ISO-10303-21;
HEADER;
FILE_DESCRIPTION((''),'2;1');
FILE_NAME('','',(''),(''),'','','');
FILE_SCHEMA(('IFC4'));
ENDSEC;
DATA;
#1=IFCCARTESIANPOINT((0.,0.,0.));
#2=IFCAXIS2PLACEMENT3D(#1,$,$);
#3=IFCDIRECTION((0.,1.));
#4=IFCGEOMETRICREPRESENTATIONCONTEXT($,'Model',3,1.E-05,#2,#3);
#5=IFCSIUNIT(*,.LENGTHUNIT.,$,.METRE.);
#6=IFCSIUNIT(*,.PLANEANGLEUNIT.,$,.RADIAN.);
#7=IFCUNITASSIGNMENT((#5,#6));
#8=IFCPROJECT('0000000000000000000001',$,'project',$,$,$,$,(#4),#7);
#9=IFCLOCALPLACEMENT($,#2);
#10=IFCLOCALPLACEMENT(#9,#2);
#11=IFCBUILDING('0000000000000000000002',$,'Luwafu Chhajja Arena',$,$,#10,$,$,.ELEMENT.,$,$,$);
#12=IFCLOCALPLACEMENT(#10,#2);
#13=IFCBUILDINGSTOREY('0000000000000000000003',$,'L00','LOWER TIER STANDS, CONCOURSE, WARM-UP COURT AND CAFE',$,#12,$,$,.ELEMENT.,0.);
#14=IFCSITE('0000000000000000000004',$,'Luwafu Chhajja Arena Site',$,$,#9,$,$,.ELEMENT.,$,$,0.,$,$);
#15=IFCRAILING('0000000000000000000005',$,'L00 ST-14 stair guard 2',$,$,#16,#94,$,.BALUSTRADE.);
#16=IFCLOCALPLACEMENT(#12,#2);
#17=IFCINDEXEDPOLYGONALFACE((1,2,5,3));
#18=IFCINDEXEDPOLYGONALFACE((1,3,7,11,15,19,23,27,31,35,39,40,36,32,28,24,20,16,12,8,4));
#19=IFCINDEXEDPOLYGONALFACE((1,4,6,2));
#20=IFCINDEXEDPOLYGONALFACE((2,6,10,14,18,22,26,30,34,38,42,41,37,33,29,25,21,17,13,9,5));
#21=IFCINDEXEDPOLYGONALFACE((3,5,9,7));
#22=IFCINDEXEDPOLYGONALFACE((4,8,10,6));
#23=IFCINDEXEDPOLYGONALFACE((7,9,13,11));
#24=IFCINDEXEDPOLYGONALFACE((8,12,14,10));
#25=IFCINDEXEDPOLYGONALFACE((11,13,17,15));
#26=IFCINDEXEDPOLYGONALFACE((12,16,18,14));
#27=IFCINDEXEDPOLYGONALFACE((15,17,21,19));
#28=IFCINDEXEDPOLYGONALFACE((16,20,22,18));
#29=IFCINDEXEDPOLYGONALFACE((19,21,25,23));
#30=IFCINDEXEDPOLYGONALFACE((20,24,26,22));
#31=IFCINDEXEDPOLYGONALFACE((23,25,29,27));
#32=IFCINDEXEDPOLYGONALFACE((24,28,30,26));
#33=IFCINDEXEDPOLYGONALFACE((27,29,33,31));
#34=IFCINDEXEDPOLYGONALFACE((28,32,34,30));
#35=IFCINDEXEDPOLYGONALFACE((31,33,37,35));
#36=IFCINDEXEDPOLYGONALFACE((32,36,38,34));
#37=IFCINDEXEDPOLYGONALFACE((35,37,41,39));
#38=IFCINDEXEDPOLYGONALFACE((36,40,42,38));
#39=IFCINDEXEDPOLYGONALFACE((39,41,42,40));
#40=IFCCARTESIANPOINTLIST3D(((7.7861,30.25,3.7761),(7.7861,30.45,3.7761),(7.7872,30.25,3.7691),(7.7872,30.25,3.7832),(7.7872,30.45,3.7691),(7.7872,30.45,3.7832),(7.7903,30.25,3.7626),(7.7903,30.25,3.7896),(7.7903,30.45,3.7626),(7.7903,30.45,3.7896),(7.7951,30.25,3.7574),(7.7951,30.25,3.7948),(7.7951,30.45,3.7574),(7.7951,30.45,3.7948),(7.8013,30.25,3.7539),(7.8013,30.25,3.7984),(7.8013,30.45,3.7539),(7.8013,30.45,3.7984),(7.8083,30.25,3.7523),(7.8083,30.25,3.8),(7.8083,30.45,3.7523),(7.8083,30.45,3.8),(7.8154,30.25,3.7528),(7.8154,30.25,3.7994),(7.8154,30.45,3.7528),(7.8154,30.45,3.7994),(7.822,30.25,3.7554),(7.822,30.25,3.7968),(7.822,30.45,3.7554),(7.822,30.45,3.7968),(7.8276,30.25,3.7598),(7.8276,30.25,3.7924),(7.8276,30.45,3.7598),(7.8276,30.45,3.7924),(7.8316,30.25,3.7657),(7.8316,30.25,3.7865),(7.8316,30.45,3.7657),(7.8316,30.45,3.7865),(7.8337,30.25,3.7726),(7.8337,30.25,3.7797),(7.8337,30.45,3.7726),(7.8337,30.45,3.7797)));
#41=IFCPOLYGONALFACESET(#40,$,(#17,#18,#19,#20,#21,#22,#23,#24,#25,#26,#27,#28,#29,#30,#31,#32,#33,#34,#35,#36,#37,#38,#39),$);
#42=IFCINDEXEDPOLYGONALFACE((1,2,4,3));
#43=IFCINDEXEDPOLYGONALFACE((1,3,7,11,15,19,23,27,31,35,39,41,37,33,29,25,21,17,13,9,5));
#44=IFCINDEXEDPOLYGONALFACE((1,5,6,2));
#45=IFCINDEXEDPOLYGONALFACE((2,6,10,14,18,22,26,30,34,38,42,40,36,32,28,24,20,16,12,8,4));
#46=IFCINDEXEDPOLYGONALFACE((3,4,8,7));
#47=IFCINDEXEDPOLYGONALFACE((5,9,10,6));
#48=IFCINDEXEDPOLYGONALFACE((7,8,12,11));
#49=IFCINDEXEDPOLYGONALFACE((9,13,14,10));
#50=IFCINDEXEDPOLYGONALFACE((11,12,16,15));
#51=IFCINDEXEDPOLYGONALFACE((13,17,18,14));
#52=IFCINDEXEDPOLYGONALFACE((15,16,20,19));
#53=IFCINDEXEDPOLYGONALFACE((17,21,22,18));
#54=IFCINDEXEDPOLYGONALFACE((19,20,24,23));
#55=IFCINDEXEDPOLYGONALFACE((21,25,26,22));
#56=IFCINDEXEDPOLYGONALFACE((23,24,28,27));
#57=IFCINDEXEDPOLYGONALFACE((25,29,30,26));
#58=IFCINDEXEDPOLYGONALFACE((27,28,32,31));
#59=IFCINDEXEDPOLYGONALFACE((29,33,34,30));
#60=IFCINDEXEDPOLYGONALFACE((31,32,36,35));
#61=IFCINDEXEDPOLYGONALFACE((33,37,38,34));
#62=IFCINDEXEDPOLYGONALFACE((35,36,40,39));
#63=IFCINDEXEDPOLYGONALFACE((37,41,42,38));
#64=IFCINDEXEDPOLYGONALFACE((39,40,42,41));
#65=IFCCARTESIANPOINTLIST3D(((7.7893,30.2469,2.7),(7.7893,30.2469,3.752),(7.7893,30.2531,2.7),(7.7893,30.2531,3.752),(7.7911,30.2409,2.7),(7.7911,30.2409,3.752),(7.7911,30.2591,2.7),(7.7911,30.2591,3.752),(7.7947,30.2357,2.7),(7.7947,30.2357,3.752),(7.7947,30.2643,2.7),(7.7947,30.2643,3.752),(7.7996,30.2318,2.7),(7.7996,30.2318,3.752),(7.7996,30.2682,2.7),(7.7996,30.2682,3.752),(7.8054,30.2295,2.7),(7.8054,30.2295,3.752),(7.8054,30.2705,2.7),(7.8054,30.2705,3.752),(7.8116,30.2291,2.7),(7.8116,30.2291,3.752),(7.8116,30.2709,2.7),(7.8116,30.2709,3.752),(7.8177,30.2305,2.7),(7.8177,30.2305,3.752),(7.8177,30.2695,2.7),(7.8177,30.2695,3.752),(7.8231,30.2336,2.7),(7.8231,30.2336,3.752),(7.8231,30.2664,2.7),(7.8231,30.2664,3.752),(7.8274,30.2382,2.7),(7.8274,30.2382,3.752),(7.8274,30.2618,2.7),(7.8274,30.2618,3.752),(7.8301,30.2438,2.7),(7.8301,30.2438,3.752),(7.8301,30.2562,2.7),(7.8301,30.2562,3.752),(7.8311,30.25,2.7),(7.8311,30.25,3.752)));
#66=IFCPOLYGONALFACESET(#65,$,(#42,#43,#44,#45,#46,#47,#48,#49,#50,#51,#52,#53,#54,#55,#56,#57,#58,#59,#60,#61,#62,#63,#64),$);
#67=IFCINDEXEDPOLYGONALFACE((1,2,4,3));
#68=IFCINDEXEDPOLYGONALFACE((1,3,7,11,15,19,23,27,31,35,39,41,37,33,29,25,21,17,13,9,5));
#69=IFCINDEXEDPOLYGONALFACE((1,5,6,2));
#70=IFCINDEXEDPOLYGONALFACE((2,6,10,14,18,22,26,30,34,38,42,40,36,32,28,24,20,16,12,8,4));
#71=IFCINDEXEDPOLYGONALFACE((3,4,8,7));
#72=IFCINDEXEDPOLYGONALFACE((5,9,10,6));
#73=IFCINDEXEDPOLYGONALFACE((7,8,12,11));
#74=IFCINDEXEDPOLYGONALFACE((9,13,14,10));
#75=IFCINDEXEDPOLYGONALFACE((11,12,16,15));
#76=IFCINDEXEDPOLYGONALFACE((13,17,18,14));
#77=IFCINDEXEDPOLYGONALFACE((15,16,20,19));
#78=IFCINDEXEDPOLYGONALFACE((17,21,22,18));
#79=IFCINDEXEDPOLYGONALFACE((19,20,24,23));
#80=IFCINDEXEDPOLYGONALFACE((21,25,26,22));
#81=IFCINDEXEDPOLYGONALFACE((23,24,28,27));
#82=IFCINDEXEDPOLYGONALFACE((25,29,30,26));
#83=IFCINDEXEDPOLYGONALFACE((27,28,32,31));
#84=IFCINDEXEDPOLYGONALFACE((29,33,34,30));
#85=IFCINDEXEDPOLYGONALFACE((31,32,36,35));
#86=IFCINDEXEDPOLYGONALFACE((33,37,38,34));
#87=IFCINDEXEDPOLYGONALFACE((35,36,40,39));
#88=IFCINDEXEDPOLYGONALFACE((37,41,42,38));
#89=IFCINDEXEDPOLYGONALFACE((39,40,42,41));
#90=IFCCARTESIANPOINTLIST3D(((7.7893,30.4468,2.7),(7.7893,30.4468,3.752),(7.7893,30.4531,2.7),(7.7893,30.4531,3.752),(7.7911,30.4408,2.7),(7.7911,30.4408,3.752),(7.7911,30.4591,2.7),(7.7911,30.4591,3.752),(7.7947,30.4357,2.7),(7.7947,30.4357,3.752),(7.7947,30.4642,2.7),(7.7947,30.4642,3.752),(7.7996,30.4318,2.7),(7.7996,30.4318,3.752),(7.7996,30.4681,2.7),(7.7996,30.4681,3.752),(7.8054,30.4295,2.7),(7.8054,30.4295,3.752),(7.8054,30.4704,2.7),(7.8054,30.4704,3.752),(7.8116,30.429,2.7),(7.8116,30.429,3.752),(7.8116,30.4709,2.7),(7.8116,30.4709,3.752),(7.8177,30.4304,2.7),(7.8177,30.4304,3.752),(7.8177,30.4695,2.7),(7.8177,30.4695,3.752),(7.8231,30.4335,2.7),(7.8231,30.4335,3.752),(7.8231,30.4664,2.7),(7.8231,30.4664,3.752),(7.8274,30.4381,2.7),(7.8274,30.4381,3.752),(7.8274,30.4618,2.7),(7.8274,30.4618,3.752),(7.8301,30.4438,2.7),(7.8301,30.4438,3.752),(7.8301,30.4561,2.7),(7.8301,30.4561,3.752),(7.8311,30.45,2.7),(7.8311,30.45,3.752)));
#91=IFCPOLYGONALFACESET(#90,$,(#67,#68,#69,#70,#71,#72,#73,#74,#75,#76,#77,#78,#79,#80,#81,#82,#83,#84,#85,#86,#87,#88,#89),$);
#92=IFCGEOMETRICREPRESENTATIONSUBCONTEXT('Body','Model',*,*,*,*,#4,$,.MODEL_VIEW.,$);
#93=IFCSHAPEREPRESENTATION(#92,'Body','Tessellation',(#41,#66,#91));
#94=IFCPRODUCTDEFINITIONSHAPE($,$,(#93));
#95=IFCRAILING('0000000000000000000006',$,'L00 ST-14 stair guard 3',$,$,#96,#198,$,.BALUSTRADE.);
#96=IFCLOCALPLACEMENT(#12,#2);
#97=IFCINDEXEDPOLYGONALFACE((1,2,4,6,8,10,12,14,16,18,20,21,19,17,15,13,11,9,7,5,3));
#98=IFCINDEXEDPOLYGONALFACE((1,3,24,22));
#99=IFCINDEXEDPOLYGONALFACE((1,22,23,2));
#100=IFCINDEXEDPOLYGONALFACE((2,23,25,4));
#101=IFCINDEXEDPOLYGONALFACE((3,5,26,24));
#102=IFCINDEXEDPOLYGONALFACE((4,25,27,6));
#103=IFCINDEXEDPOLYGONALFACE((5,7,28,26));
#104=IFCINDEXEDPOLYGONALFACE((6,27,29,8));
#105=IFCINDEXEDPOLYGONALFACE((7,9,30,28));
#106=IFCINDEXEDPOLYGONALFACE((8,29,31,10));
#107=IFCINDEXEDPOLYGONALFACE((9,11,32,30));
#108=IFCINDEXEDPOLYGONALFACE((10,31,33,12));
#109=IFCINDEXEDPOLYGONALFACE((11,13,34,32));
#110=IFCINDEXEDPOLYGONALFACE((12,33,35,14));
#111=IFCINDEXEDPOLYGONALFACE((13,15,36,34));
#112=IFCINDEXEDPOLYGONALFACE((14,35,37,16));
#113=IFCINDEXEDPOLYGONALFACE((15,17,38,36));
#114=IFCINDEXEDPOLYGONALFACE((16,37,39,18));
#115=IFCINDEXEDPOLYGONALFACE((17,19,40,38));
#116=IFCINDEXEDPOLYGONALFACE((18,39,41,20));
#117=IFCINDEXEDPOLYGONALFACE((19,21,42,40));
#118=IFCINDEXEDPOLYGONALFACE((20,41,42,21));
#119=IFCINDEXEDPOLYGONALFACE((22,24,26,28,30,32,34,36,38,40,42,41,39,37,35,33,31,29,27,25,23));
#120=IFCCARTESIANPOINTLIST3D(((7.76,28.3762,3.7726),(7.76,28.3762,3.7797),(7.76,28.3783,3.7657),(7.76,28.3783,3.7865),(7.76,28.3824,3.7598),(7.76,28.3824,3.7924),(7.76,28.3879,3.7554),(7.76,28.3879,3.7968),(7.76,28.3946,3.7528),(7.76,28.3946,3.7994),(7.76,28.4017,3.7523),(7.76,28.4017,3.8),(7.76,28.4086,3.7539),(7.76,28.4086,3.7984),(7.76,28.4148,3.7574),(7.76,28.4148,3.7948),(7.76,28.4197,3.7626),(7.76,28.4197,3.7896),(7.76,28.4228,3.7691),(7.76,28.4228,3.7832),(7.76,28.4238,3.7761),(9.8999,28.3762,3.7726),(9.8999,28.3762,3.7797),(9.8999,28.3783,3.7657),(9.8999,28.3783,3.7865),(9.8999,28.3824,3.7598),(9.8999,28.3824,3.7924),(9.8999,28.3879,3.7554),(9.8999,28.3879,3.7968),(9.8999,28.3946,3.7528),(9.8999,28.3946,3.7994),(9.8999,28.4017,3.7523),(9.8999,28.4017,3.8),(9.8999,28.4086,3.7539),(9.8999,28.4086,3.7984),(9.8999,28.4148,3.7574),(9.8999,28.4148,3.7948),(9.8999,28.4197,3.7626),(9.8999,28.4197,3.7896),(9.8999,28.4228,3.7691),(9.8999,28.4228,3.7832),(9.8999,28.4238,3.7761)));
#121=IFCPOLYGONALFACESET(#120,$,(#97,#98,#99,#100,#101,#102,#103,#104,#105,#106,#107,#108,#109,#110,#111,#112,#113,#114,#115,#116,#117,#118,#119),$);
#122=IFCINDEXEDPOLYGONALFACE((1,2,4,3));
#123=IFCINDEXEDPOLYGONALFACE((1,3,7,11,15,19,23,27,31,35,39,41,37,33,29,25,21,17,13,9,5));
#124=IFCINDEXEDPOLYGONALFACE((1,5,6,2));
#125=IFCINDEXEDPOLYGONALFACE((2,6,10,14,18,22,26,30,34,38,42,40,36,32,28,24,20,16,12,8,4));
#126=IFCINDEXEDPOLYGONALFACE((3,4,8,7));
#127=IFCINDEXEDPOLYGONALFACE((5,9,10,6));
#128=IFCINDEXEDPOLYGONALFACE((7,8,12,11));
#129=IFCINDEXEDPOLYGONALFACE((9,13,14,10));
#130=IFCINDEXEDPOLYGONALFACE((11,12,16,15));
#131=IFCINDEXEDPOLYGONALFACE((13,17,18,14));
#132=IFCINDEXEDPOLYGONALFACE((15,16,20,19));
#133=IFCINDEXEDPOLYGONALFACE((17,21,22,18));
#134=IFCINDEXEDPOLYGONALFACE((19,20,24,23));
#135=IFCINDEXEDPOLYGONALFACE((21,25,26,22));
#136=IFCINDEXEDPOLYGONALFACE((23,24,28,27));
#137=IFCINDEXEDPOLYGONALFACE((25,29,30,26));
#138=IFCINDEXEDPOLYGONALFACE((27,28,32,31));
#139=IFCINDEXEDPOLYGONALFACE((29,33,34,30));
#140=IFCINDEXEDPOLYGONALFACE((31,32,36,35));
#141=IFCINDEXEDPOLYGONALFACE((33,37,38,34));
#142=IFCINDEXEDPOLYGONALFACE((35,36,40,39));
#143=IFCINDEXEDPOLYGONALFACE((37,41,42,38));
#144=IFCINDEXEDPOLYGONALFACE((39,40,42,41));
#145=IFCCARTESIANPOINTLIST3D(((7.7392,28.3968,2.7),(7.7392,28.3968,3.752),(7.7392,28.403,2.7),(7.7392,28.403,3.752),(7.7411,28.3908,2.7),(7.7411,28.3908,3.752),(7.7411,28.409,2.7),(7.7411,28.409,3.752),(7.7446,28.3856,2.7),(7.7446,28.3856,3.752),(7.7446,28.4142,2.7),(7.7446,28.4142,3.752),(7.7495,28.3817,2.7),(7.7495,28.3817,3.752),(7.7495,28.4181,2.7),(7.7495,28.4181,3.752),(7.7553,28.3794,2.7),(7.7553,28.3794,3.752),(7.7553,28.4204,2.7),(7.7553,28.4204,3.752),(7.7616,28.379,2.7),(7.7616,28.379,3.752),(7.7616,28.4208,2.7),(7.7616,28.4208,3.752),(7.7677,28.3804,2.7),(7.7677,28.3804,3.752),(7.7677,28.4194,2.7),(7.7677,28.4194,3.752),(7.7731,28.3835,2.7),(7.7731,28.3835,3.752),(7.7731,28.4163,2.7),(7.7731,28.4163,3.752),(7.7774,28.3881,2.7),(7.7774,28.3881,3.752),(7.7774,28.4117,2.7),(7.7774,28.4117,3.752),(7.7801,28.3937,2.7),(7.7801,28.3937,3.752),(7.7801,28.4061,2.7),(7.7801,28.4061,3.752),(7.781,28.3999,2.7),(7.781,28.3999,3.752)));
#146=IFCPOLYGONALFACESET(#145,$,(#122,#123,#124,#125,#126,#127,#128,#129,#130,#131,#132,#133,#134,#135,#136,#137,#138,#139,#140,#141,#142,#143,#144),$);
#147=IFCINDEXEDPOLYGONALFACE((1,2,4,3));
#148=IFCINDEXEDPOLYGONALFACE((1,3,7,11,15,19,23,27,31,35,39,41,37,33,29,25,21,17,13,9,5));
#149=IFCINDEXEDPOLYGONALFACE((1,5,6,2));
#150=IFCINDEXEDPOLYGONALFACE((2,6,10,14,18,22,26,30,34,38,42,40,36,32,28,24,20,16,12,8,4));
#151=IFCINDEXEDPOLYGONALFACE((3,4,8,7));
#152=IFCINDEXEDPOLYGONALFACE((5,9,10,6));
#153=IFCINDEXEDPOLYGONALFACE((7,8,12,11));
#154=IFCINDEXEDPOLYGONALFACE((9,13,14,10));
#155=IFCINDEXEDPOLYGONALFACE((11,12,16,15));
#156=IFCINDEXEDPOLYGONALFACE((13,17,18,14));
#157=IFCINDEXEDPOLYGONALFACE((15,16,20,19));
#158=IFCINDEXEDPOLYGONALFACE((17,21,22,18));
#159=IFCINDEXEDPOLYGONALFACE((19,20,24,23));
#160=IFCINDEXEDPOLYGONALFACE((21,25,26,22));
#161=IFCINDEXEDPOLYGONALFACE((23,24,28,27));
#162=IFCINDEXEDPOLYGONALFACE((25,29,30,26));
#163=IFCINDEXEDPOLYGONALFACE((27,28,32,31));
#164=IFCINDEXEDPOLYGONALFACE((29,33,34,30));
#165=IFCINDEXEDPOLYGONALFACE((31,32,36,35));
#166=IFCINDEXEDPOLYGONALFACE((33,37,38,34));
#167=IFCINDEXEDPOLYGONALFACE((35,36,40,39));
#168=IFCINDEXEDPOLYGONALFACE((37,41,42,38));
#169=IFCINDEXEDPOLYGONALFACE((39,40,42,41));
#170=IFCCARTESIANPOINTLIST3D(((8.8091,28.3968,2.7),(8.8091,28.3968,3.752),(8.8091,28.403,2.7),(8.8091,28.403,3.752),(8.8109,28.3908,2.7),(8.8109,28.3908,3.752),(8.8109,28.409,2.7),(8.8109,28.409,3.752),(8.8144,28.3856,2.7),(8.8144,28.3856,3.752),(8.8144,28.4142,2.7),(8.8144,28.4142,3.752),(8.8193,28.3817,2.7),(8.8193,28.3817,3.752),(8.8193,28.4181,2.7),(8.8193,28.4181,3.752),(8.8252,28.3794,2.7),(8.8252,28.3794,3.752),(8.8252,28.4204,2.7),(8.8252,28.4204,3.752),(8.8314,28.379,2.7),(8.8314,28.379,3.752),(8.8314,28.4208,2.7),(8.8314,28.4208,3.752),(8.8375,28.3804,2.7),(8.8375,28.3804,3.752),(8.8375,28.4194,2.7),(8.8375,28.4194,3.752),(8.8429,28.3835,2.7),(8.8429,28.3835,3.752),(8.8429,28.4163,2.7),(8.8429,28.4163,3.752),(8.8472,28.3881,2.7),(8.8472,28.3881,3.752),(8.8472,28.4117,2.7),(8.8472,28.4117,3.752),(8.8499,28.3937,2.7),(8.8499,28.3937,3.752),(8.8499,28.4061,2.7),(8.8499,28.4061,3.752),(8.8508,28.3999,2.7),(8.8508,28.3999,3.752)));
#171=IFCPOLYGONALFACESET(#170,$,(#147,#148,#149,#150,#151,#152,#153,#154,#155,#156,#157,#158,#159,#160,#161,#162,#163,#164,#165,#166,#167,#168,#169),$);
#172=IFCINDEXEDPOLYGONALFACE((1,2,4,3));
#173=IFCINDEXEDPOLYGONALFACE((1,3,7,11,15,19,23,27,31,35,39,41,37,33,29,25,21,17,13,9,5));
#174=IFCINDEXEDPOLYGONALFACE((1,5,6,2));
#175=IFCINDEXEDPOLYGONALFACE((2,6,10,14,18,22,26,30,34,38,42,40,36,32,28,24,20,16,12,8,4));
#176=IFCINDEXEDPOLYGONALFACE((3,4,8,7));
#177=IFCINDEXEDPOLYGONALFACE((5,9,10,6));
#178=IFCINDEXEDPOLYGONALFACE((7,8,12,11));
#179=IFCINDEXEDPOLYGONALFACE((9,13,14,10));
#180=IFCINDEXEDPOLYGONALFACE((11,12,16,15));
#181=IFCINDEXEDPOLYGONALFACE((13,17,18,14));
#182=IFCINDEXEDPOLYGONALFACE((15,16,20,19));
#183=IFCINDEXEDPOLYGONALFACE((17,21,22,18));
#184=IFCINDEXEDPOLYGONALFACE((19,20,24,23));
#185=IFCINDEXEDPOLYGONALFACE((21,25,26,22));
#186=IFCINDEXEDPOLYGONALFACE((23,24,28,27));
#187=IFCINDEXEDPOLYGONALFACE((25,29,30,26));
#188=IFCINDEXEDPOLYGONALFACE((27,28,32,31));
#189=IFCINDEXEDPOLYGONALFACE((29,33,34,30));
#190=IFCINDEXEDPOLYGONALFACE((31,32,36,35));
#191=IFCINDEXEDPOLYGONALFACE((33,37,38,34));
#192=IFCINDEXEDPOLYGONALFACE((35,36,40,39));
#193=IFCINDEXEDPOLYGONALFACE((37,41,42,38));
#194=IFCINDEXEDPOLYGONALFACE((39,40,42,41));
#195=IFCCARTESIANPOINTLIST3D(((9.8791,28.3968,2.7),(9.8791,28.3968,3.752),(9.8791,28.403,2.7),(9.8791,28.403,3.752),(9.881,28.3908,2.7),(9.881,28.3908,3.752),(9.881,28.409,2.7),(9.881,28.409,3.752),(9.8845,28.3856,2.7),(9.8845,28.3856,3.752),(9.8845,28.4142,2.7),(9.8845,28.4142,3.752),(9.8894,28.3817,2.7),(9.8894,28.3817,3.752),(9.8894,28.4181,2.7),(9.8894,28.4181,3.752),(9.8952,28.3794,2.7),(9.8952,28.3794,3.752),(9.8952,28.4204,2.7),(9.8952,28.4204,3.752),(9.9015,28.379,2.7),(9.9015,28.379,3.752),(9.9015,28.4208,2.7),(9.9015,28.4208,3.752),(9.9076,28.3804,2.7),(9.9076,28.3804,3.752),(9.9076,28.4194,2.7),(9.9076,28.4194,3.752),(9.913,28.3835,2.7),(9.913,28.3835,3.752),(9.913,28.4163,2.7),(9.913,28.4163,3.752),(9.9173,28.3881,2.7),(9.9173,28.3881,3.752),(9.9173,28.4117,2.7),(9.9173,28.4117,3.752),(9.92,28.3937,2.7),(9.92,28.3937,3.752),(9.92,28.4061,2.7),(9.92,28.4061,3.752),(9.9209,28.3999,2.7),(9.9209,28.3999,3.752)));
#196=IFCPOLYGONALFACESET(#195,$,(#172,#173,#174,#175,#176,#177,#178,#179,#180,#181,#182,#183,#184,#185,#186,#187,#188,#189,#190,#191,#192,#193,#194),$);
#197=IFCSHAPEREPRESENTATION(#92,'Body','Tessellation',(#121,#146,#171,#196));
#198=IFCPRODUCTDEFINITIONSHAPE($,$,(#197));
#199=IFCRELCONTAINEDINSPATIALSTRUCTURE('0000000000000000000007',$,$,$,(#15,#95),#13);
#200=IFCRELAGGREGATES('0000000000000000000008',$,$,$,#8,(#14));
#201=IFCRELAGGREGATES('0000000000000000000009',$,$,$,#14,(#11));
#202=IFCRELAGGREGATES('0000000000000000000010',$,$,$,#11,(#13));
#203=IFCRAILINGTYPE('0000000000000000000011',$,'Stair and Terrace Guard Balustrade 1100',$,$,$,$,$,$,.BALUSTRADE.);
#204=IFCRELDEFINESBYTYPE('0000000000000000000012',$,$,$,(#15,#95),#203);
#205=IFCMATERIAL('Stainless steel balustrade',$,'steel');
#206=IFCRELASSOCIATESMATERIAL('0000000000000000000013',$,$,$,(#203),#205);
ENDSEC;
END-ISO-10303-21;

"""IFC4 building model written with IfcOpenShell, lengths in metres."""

from ifc_helpers import new_model, si_unit, direction, frame, origin, origin_2d, place, context, subcontext, project, spatial, circle, extrude, material, type_object, element, save


model = new_model("IFC4")

# Units and contexts
model_context = context("Model", 3, precision=1e-05, world=origin(), true_north=direction((0.0, 1.0)))
body_context = subcontext(model_context, "Body", "Model", "MODEL_VIEW")
ifc_project = project(units=[si_unit("LENGTHUNIT", "METRE"), si_unit("PLANEANGLEUNIT", "RADIAN")], contexts=[model_context])

# Site, building, storey
site_placement = place(None, origin())
site = spatial("IfcSite", under=ifc_project, at=site_placement, Name="Luwafu Chhajja Arena Site", CompositionType="ELEMENT", RefElevation=0.0)
building_placement = place(site_placement, origin())
building = spatial("IfcBuilding", under=site, at=building_placement, Name="Luwafu Chhajja Arena", CompositionType="ELEMENT")
storey_placement = place(building_placement, origin())
storey = spatial("IfcBuildingStorey", under=building, at=storey_placement, Name="L00", Description="LOWER TIER STANDS, CONCOURSE, WARM-UP COURT AND CAFE", CompositionType="ELEMENT", Elevation=0.0)

# Railings
ifc_material_1 = material(Name="Stainless steel balustrade", Category="steel")
railing_type_1 = type_object("IfcRailingType", Name="Stair and Terrace Guard Balustrade 1100", PredefinedType="BALUSTRADE", material=ifc_material_1)
railing_1_placement = place(storey_placement, frame((7.8101, 30.25, 2.7)))
element("IfcRailing", 1, at=railing_1_placement, inside=storey, type_object=railing_type_1, Name="L00 ST-14 stair guard 2", PredefinedType="BALUSTRADE", context=body_context, shape_type="SweptSolid", body=[
    extrude(circle(Radius=0.0239, at=origin_2d()), frame((0.0, 0.0, 1.0762), z_axis=(0.0, 1.0, 0.0), x_axis=(-1.0, 0.0, 0.0)), (0.0, 0.0, 1.0), 0.2),
    extrude(circle(Radius=0.021, at=origin_2d()), origin(), (0.0, 0.0, 1.0), 1.052),
    extrude(circle(Radius=0.021, at=origin_2d()), frame((0.0, 0.2, 0.0)), (0.0, 0.0, 1.0), 1.052),
])
for number, where, name in (
    (2, (7.76, 28.3999, 2.7), "L00 ST-14 stair guard 3"),
):
    element("IfcRailing", number, at=place(storey_placement, frame(where)), inside=storey, type_object=railing_type_1, Name=name, PredefinedType="BALUSTRADE", context=body_context, shape_type="SweptSolid", body=[
        extrude(circle(Radius=0.0239, at=origin_2d()), frame((0.0, 0.0, 1.0762), z_axis=(1.0, 0.0, 0.0), x_axis=(0.0, 1.0, 0.0)), (0.0, 0.0, 1.0), 2.1399),
        extrude(circle(Radius=0.021, at=origin_2d()), origin(), (0.0, 0.0, 1.0), 1.052),
        extrude(circle(Radius=0.021, at=origin_2d()), frame((1.0698, 0.0, 0.0)), (0.0, 0.0, 1.0), 1.052),
        extrude(circle(Radius=0.021, at=origin_2d()), frame((2.1399, 0.0, 0.0)), (0.0, 0.0, 1.0), 1.052),
    ])

save(model, "model.ifc")
